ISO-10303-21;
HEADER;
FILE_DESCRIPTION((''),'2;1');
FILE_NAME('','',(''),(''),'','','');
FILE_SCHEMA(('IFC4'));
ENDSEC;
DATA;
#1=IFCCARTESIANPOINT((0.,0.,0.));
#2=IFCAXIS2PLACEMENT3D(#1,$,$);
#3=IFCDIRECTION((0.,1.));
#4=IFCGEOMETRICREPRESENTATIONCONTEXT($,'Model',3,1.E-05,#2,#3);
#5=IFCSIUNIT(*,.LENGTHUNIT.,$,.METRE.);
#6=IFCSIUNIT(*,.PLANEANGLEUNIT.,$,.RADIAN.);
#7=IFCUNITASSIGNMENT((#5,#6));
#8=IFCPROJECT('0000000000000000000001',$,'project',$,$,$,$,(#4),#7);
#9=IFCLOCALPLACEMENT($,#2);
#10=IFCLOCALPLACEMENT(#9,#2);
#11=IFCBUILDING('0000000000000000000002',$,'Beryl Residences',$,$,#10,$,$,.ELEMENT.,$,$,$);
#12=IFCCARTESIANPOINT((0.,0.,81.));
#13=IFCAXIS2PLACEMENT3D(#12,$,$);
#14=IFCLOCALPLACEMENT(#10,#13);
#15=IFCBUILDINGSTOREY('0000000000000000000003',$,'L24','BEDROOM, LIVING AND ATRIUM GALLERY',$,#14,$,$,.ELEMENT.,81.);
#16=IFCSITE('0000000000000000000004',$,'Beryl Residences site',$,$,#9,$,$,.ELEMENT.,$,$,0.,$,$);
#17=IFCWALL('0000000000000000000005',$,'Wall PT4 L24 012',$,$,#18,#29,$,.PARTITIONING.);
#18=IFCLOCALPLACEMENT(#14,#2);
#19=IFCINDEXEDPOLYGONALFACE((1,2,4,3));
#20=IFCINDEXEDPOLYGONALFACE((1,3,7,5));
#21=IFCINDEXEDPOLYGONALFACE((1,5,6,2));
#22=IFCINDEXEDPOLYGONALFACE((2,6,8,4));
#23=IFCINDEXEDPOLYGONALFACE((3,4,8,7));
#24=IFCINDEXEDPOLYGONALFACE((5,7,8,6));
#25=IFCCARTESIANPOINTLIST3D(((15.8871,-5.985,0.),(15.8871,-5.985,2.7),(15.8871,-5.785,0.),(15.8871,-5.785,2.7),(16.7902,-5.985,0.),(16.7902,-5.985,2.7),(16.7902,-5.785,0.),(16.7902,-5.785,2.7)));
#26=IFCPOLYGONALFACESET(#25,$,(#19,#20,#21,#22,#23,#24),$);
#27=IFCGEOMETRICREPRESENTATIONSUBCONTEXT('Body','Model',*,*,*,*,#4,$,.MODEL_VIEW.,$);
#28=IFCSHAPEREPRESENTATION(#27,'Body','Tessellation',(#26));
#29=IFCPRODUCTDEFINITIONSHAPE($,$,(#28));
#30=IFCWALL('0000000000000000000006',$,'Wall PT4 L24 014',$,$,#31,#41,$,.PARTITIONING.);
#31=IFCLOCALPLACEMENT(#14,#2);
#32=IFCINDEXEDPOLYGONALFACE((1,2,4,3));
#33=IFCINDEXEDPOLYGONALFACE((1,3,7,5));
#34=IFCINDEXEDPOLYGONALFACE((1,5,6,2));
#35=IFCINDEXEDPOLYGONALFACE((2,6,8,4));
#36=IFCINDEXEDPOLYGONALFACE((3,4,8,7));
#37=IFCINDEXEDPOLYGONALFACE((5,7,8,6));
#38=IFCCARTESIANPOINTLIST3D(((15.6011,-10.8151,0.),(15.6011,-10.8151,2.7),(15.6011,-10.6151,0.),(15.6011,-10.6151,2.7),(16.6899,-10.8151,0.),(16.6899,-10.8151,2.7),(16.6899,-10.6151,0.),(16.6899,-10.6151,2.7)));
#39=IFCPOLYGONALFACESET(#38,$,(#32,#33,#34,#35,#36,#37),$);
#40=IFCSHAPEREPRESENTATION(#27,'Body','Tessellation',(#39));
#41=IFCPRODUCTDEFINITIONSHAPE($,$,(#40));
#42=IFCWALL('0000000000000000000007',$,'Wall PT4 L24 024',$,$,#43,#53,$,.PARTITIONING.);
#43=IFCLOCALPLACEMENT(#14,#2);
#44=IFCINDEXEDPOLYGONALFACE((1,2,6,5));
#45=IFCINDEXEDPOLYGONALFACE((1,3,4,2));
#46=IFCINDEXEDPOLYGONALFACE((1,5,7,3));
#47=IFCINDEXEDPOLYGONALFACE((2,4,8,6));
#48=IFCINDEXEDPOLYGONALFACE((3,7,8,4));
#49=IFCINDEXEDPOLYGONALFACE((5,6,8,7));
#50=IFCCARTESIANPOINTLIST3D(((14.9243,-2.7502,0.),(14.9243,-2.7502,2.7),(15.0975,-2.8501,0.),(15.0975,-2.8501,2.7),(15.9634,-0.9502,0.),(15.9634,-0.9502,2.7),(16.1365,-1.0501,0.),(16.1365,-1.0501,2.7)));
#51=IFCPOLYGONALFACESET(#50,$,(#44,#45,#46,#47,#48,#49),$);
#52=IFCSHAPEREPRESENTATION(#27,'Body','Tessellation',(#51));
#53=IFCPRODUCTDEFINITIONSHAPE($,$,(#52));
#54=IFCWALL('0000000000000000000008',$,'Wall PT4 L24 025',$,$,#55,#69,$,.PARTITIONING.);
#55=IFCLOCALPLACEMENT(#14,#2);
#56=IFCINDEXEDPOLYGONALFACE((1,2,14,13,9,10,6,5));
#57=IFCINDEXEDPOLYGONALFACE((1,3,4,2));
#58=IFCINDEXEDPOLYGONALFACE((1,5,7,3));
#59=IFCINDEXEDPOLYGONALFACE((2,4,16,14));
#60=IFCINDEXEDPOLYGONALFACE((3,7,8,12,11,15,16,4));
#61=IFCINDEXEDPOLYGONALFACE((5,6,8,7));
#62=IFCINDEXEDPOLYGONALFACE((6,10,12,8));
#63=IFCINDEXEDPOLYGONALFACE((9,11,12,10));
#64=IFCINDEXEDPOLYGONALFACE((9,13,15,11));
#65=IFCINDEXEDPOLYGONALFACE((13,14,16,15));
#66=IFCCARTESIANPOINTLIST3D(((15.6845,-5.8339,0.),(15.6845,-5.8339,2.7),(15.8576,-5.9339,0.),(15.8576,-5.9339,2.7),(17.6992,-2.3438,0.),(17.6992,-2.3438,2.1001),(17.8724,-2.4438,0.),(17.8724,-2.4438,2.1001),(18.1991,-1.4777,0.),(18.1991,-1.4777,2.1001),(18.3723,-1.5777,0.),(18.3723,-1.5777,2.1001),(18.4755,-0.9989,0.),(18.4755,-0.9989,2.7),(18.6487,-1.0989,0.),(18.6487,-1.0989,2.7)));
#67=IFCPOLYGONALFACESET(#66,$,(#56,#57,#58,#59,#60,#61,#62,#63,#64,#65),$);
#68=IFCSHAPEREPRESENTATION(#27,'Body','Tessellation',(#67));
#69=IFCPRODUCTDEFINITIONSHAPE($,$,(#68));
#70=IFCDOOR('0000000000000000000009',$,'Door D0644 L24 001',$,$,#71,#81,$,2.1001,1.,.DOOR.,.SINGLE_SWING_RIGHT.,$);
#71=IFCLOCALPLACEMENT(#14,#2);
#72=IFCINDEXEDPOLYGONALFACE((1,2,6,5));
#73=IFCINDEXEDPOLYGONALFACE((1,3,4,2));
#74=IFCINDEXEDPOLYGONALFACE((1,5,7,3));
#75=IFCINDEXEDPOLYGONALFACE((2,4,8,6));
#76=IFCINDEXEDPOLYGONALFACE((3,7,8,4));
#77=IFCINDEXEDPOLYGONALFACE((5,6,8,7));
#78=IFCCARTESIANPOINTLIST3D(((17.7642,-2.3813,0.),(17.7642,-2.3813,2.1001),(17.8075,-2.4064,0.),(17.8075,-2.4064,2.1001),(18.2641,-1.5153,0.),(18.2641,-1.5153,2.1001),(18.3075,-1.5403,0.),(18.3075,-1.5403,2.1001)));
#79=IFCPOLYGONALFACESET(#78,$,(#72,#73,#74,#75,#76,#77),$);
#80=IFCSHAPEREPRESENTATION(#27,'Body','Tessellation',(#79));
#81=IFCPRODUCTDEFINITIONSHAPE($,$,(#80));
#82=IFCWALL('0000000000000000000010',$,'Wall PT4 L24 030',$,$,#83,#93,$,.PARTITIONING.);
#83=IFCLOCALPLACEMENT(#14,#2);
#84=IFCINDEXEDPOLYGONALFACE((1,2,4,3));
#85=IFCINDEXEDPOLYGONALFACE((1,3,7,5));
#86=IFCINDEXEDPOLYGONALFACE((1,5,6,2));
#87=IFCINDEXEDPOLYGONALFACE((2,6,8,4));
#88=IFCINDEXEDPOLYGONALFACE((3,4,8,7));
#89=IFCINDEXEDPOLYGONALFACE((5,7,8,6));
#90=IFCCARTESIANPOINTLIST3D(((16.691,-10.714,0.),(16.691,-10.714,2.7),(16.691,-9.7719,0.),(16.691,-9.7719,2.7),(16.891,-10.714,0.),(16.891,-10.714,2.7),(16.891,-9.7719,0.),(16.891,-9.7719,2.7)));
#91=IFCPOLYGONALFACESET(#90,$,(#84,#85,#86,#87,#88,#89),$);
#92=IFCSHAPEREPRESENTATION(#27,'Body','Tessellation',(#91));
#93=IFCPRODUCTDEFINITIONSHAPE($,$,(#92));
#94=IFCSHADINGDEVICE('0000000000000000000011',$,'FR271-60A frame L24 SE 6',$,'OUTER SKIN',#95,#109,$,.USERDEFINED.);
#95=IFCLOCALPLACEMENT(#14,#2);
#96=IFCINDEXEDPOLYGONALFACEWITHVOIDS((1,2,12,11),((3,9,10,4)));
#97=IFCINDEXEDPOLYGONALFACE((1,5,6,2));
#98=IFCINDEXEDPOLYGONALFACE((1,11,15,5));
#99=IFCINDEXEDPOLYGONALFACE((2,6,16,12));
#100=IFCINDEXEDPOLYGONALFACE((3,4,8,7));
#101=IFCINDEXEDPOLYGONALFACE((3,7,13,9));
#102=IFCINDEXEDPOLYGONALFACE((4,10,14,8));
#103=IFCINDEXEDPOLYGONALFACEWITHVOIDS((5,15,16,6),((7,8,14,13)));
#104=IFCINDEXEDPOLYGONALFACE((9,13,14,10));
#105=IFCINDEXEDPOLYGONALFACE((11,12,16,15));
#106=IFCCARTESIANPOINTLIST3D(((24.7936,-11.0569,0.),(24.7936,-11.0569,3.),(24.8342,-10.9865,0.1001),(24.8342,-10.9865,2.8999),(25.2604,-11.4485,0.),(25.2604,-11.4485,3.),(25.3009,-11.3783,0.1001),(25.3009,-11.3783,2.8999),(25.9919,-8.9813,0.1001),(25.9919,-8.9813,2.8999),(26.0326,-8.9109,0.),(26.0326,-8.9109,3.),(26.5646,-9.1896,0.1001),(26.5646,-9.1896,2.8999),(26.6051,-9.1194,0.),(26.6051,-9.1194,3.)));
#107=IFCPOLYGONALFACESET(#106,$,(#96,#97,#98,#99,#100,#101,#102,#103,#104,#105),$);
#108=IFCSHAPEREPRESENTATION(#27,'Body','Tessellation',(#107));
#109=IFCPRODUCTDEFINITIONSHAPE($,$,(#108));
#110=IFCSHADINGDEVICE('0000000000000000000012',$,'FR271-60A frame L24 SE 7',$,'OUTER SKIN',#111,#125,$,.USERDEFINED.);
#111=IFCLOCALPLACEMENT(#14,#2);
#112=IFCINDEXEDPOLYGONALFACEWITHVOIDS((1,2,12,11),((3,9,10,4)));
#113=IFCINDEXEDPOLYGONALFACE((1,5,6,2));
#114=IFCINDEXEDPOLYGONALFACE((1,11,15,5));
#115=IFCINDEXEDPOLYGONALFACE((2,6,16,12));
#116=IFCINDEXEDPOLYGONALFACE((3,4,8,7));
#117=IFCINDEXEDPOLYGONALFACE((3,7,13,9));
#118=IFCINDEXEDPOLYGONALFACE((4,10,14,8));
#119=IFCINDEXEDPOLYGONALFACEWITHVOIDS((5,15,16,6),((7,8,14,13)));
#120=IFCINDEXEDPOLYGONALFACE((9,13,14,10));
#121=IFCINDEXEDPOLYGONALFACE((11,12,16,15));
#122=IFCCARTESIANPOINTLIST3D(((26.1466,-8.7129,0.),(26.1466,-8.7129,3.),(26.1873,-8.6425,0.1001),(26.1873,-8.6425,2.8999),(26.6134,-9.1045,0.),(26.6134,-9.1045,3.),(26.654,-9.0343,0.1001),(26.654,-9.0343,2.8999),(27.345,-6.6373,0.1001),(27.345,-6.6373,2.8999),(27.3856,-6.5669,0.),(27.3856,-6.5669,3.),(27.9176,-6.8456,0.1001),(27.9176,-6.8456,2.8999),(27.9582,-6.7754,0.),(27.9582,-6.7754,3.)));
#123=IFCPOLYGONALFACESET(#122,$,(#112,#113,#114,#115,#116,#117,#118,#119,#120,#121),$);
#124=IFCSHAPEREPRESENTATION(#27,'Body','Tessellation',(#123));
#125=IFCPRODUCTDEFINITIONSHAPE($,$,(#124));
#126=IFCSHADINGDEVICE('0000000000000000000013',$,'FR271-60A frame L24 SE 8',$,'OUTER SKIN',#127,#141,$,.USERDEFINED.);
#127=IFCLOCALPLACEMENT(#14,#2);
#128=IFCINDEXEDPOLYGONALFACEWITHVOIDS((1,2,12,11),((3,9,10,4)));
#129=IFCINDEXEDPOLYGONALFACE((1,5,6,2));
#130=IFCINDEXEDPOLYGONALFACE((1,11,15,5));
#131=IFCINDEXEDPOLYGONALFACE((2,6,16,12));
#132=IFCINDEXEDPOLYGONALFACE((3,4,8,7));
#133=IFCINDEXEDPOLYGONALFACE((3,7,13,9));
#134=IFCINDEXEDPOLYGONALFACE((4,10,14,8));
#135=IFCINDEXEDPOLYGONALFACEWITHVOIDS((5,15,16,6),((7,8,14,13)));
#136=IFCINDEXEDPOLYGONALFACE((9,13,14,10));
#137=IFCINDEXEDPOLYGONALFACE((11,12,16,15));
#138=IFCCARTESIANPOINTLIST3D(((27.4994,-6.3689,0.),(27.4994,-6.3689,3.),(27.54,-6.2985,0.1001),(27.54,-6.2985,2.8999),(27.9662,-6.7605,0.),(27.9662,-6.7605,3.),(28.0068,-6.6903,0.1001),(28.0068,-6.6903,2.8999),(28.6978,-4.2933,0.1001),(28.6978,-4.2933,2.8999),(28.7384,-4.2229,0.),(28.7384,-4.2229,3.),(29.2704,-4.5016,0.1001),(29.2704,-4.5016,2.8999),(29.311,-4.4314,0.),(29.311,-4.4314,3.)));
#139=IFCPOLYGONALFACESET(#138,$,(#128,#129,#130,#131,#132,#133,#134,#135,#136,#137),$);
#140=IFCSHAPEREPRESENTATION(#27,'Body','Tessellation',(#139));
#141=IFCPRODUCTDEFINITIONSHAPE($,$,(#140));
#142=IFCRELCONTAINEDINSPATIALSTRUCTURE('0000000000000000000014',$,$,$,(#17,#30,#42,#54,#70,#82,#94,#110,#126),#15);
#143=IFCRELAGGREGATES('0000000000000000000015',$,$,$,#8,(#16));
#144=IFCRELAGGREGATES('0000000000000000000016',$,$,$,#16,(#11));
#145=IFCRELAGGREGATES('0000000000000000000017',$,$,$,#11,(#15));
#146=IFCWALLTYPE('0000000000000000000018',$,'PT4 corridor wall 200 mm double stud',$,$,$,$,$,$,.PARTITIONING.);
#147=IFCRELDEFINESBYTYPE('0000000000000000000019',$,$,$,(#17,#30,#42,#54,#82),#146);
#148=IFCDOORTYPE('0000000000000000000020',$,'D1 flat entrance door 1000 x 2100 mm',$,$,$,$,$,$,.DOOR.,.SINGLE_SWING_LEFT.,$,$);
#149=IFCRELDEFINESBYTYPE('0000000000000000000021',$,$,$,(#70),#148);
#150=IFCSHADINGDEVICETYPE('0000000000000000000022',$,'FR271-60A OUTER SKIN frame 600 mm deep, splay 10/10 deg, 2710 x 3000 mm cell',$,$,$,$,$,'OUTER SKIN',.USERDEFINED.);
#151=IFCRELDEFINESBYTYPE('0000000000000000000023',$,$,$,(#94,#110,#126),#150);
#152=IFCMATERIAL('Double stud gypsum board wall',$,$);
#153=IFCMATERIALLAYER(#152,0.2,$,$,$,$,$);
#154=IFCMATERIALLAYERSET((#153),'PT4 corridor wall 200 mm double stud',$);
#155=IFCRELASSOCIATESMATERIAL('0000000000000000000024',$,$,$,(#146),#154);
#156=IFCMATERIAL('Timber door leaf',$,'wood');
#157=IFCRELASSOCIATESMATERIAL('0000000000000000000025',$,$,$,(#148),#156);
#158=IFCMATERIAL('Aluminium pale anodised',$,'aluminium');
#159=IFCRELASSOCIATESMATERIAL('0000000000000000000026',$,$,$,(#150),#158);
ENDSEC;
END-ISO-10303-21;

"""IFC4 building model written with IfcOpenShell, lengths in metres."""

from ifc_helpers import new_model, entity, si_unit, direction, frame, frame_2d, origin, place, context, subcontext, project, spatial, rectangle, extrude, source, transform, mapped, material, layer, layer_set, type_object, type_shapes, element, fill, save


model = new_model("IFC4")

# Units and contexts
model_context = context("Model", 3, precision=1e-05, world=origin(), true_north=direction((0.0, 1.0)))
body_context = subcontext(model_context, "Body", "Model", "MODEL_VIEW")
ifc_project = project(units=[si_unit("LENGTHUNIT", "METRE"), si_unit("PLANEANGLEUNIT", "RADIAN")], contexts=[model_context])

# Site, building, storey
site_placement = place(None, origin())
site = spatial("IfcSite", under=ifc_project, at=site_placement, Name="Beryl Residences site", CompositionType="ELEMENT", RefElevation=0.0)
building_placement = place(site_placement, origin())
building = spatial("IfcBuilding", under=site, at=building_placement, Name="Beryl Residences", CompositionType="ELEMENT")
storey_placement = place(building_placement, frame((0.0, 0.0, 81.0)))
storey = spatial("IfcBuildingStorey", under=building, at=storey_placement, Name="L24", Description="BEDROOM, LIVING AND ATRIUM GALLERY", CompositionType="ELEMENT", Elevation=81.0)

# Walls
ifc_material_1 = material(Name="Double stud gypsum board wall")
ifc_layer_1 = layer(ifc_material_1, 0.2)
ifc_layer_set_1 = layer_set([ifc_layer_1], Name="PT4 corridor wall 200 mm double stud")
wall_type_1 = type_object("IfcWallType", Name="PT4 corridor wall 200 mm double stud", PredefinedType="PARTITIONING", material=ifc_layer_set_1)
wall_1_placement = place(storey_placement, frame((15.887, -5.885, 0.0), z_axis=(0.0, 0.0, 1.0), x_axis=(1.0, 0.0, 0.0)))
element("IfcWall", 1, at=wall_1_placement, inside=storey, type_object=wall_type_1, Name="Wall PT4 L24 012", PredefinedType="PARTITIONING", context=body_context, shape_type="SweptSolid", body=[
    extrude(rectangle(XDim=0.9031, YDim=0.2, at=frame_2d((0.4517, 0.0))), origin(), (0.0, 0.0, 1.0), 2.7),
])
wall_2_placement = place(storey_placement, frame((15.6011, -10.7151, 0.0), z_axis=(0.0, 0.0, 1.0), x_axis=(1.0, 0.0, 0.0)))
element("IfcWall", 2, at=wall_2_placement, inside=storey, type_object=wall_type_1, Name="Wall PT4 L24 014", PredefinedType="PARTITIONING", context=body_context, shape_type="SweptSolid", body=[
    extrude(rectangle(XDim=1.0889, YDim=0.2, at=frame_2d((0.5444, 0.0))), origin(), (0.0, 0.0, 1.0), 2.7),
])
wall_3_placement = place(storey_placement, frame((15.011, -2.8, 0.0), z_axis=(0.0, 0.0, 1.0), x_axis=(0.499929, 0.866066, 0.0)))
element("IfcWall", 3, at=wall_3_placement, inside=storey, type_object=wall_type_1, Name="Wall PT4 L24 024", PredefinedType="PARTITIONING", context=body_context, shape_type="SweptSolid", body=[
    extrude(rectangle(XDim=2.0784, YDim=0.2, at=frame_2d((1.0391, 0.0))), origin(), (0.0, 0.0, 1.0), 2.7),
])

# Wall, opening, door
wall_4_placement = place(storey_placement, frame((15.771, -5.884, 0.0), z_axis=(0.0, 0.0, 1.0), x_axis=(0.499939, 0.86606, 0.0)))
wall_4 = element("IfcWall", 4, at=wall_4_placement, inside=storey, type_object=wall_type_1, Name="Wall PT4 L24 025", PredefinedType="PARTITIONING", context=body_context, shape_type="SweptSolid", body=[
    extrude(rectangle(XDim=5.5828, YDim=0.2, at=frame_2d((2.7915, 0.0))), origin(), (0.0, 0.0, 1.0), 2.7),
])
opening_1_placement = place(wall_4_placement, frame((4.03, 0.0, 0.0)))
opening_1 = element("IfcOpeningElement", 5, at=opening_1_placement, cuts=wall_4, PredefinedType="OPENING", context=body_context, shape_type="SweptSolid", body=[
    extrude(rectangle(XDim=1.0, YDim=2.1001, at=frame_2d((0.5, 1.05))), frame((0.0, 0.1099, 0.0), z_axis=(0.0, -1.0, 0.0), x_axis=(1.0, 0.0, 0.0)), (0.0, 0.0, 1.0), 0.22),
])
ifc_material_2 = material(Name="Timber door leaf", Category="wood")
door_type_1 = type_object("IfcDoorType", Name="D1 flat entrance door 1000 x 2100 mm", OperationType="SINGLE_SWING_LEFT", PredefinedType="DOOR", material=ifc_material_2)
door_1_placement = place(opening_1_placement, origin())
door_1 = element("IfcDoor", 6, at=door_1_placement, inside=storey, type_object=door_type_1, Name="Door D0644 L24 001", OperationType="SINGLE_SWING_RIGHT", OverallHeight=2.1001, OverallWidth=1.0, PredefinedType="DOOR", context=body_context, shape_type="SweptSolid", body=[
    extrude(rectangle(XDim=1.0, YDim=2.1001, at=frame_2d((0.5, 1.05))), frame((0.0, 0.0249, 0.0), z_axis=(0.0, -1.0, 0.0), x_axis=(1.0, 0.0, 0.0)), (0.0, 0.0, 1.0), 0.05),
])
fill(opening_1, door_1)

# Wall
wall_5_placement = place(storey_placement, frame((16.791, -10.7141, 0.0), z_axis=(0.0, 0.0, 1.0), x_axis=(0.0, 1.0, 0.0)))
element("IfcWall", 7, at=wall_5_placement, inside=storey, type_object=wall_type_1, Name="Wall PT4 L24 030", PredefinedType="PARTITIONING", context=body_context, shape_type="SweptSolid", body=[
    extrude(rectangle(XDim=0.9421, YDim=0.2, at=frame_2d((0.4712, 0.0))), origin(), (0.0, 0.0, 1.0), 2.7),
])

# Shading devices
ifc_material_3 = material(Name="Aluminium pale anodised", Category="aluminium")
shading_device_type = type_object("IfcShadingDeviceType", Name="FR271-60A OUTER SKIN frame 600 mm deep, splay 10/10 deg, 2710 x 3000 mm cell", ElementType="OUTER SKIN", PredefinedType="USERDEFINED", material=ifc_material_3)
cartesian_point_1 = entity("IfcCartesianPoint", [-1.239, 0.0])
cartesian_point_2 = entity("IfcCartesianPoint", [-1.1577, 0.1001])
cartesian_point_3 = entity("IfcCartesianPoint", [-1.3447, 0.0])
cartesian_point_4 = entity("IfcCartesianPoint", [-1.2637, 0.1001])
shared_shape = source(origin(), body_context, "Body", "SweptSolid", [
    entity("IfcExtrudedAreaSolidTapered", entity("IfcArbitraryProfileDefWithVoids", "AREA", None, entity("IfcPolyline", [cartesian_point_1, entity("IfcCartesianPoint", [1.239, 0.0]), entity("IfcCartesianPoint", [1.239, 3.0]), entity("IfcCartesianPoint", [-1.239, 3.0]), cartesian_point_1]), [entity("IfcPolyline", [cartesian_point_2, entity("IfcCartesianPoint", [1.1577, 0.1001]), entity("IfcCartesianPoint", [1.1577, 2.8999]), entity("IfcCartesianPoint", [-1.1577, 2.8999]), cartesian_point_2])]), entity("IfcAxis2Placement3D", entity("IfcCartesianPoint", [0.0, 0.0, 0.0]), entity("IfcDirection", [0.0, 1.0, 0.0]), entity("IfcDirection", [-1.0, 0.0, 0.0])), entity("IfcDirection", [0.0, 0.0, 1.0]), 0.6001, entity("IfcArbitraryProfileDefWithVoids", "AREA", None, entity("IfcPolyline", [cartesian_point_3, entity("IfcCartesianPoint", [1.3447, 0.0]), entity("IfcCartesianPoint", [1.3447, 3.0]), entity("IfcCartesianPoint", [-1.3447, 3.0]), cartesian_point_3]), [entity("IfcPolyline", [cartesian_point_4, entity("IfcCartesianPoint", [1.2637, 0.1001]), entity("IfcCartesianPoint", [1.2637, 2.8999]), entity("IfcCartesianPoint", [-1.2637, 2.8999]), cartesian_point_4])])),
])
type_shapes(shading_device_type, [shared_shape])
for number, where, z_axis, x_axis, name in (
    (8, (25.4131, -9.9839, 0.0), (0.0, 0.0, 1.0), (-0.5, -0.866025, 0.0), "FR271-60A frame L24 SE 6"),
    (9, (26.7661, -7.6399, 0.0), (0.0, 0.0, 1.0), (-0.5, -0.866025, 0.0), "FR271-60A frame L24 SE 7"),
    (10, (28.1189, -5.2959, 0.0), (0.0, 0.0, 1.0), (-0.5, -0.866025, 0.0), "FR271-60A frame L24 SE 8"),
):
    element("IfcShadingDevice", number, at=place(storey_placement, frame(where, z_axis=z_axis, x_axis=x_axis)), inside=storey, type_object=shading_device_type, Name=name, ObjectType="OUTER SKIN", PredefinedType="USERDEFINED", context=body_context, shape_type="MappedRepresentation", body=[
        mapped(shared_shape, transform((0.0, 0.0, 0.0))),
    ])

save(model, "model.ifc")
